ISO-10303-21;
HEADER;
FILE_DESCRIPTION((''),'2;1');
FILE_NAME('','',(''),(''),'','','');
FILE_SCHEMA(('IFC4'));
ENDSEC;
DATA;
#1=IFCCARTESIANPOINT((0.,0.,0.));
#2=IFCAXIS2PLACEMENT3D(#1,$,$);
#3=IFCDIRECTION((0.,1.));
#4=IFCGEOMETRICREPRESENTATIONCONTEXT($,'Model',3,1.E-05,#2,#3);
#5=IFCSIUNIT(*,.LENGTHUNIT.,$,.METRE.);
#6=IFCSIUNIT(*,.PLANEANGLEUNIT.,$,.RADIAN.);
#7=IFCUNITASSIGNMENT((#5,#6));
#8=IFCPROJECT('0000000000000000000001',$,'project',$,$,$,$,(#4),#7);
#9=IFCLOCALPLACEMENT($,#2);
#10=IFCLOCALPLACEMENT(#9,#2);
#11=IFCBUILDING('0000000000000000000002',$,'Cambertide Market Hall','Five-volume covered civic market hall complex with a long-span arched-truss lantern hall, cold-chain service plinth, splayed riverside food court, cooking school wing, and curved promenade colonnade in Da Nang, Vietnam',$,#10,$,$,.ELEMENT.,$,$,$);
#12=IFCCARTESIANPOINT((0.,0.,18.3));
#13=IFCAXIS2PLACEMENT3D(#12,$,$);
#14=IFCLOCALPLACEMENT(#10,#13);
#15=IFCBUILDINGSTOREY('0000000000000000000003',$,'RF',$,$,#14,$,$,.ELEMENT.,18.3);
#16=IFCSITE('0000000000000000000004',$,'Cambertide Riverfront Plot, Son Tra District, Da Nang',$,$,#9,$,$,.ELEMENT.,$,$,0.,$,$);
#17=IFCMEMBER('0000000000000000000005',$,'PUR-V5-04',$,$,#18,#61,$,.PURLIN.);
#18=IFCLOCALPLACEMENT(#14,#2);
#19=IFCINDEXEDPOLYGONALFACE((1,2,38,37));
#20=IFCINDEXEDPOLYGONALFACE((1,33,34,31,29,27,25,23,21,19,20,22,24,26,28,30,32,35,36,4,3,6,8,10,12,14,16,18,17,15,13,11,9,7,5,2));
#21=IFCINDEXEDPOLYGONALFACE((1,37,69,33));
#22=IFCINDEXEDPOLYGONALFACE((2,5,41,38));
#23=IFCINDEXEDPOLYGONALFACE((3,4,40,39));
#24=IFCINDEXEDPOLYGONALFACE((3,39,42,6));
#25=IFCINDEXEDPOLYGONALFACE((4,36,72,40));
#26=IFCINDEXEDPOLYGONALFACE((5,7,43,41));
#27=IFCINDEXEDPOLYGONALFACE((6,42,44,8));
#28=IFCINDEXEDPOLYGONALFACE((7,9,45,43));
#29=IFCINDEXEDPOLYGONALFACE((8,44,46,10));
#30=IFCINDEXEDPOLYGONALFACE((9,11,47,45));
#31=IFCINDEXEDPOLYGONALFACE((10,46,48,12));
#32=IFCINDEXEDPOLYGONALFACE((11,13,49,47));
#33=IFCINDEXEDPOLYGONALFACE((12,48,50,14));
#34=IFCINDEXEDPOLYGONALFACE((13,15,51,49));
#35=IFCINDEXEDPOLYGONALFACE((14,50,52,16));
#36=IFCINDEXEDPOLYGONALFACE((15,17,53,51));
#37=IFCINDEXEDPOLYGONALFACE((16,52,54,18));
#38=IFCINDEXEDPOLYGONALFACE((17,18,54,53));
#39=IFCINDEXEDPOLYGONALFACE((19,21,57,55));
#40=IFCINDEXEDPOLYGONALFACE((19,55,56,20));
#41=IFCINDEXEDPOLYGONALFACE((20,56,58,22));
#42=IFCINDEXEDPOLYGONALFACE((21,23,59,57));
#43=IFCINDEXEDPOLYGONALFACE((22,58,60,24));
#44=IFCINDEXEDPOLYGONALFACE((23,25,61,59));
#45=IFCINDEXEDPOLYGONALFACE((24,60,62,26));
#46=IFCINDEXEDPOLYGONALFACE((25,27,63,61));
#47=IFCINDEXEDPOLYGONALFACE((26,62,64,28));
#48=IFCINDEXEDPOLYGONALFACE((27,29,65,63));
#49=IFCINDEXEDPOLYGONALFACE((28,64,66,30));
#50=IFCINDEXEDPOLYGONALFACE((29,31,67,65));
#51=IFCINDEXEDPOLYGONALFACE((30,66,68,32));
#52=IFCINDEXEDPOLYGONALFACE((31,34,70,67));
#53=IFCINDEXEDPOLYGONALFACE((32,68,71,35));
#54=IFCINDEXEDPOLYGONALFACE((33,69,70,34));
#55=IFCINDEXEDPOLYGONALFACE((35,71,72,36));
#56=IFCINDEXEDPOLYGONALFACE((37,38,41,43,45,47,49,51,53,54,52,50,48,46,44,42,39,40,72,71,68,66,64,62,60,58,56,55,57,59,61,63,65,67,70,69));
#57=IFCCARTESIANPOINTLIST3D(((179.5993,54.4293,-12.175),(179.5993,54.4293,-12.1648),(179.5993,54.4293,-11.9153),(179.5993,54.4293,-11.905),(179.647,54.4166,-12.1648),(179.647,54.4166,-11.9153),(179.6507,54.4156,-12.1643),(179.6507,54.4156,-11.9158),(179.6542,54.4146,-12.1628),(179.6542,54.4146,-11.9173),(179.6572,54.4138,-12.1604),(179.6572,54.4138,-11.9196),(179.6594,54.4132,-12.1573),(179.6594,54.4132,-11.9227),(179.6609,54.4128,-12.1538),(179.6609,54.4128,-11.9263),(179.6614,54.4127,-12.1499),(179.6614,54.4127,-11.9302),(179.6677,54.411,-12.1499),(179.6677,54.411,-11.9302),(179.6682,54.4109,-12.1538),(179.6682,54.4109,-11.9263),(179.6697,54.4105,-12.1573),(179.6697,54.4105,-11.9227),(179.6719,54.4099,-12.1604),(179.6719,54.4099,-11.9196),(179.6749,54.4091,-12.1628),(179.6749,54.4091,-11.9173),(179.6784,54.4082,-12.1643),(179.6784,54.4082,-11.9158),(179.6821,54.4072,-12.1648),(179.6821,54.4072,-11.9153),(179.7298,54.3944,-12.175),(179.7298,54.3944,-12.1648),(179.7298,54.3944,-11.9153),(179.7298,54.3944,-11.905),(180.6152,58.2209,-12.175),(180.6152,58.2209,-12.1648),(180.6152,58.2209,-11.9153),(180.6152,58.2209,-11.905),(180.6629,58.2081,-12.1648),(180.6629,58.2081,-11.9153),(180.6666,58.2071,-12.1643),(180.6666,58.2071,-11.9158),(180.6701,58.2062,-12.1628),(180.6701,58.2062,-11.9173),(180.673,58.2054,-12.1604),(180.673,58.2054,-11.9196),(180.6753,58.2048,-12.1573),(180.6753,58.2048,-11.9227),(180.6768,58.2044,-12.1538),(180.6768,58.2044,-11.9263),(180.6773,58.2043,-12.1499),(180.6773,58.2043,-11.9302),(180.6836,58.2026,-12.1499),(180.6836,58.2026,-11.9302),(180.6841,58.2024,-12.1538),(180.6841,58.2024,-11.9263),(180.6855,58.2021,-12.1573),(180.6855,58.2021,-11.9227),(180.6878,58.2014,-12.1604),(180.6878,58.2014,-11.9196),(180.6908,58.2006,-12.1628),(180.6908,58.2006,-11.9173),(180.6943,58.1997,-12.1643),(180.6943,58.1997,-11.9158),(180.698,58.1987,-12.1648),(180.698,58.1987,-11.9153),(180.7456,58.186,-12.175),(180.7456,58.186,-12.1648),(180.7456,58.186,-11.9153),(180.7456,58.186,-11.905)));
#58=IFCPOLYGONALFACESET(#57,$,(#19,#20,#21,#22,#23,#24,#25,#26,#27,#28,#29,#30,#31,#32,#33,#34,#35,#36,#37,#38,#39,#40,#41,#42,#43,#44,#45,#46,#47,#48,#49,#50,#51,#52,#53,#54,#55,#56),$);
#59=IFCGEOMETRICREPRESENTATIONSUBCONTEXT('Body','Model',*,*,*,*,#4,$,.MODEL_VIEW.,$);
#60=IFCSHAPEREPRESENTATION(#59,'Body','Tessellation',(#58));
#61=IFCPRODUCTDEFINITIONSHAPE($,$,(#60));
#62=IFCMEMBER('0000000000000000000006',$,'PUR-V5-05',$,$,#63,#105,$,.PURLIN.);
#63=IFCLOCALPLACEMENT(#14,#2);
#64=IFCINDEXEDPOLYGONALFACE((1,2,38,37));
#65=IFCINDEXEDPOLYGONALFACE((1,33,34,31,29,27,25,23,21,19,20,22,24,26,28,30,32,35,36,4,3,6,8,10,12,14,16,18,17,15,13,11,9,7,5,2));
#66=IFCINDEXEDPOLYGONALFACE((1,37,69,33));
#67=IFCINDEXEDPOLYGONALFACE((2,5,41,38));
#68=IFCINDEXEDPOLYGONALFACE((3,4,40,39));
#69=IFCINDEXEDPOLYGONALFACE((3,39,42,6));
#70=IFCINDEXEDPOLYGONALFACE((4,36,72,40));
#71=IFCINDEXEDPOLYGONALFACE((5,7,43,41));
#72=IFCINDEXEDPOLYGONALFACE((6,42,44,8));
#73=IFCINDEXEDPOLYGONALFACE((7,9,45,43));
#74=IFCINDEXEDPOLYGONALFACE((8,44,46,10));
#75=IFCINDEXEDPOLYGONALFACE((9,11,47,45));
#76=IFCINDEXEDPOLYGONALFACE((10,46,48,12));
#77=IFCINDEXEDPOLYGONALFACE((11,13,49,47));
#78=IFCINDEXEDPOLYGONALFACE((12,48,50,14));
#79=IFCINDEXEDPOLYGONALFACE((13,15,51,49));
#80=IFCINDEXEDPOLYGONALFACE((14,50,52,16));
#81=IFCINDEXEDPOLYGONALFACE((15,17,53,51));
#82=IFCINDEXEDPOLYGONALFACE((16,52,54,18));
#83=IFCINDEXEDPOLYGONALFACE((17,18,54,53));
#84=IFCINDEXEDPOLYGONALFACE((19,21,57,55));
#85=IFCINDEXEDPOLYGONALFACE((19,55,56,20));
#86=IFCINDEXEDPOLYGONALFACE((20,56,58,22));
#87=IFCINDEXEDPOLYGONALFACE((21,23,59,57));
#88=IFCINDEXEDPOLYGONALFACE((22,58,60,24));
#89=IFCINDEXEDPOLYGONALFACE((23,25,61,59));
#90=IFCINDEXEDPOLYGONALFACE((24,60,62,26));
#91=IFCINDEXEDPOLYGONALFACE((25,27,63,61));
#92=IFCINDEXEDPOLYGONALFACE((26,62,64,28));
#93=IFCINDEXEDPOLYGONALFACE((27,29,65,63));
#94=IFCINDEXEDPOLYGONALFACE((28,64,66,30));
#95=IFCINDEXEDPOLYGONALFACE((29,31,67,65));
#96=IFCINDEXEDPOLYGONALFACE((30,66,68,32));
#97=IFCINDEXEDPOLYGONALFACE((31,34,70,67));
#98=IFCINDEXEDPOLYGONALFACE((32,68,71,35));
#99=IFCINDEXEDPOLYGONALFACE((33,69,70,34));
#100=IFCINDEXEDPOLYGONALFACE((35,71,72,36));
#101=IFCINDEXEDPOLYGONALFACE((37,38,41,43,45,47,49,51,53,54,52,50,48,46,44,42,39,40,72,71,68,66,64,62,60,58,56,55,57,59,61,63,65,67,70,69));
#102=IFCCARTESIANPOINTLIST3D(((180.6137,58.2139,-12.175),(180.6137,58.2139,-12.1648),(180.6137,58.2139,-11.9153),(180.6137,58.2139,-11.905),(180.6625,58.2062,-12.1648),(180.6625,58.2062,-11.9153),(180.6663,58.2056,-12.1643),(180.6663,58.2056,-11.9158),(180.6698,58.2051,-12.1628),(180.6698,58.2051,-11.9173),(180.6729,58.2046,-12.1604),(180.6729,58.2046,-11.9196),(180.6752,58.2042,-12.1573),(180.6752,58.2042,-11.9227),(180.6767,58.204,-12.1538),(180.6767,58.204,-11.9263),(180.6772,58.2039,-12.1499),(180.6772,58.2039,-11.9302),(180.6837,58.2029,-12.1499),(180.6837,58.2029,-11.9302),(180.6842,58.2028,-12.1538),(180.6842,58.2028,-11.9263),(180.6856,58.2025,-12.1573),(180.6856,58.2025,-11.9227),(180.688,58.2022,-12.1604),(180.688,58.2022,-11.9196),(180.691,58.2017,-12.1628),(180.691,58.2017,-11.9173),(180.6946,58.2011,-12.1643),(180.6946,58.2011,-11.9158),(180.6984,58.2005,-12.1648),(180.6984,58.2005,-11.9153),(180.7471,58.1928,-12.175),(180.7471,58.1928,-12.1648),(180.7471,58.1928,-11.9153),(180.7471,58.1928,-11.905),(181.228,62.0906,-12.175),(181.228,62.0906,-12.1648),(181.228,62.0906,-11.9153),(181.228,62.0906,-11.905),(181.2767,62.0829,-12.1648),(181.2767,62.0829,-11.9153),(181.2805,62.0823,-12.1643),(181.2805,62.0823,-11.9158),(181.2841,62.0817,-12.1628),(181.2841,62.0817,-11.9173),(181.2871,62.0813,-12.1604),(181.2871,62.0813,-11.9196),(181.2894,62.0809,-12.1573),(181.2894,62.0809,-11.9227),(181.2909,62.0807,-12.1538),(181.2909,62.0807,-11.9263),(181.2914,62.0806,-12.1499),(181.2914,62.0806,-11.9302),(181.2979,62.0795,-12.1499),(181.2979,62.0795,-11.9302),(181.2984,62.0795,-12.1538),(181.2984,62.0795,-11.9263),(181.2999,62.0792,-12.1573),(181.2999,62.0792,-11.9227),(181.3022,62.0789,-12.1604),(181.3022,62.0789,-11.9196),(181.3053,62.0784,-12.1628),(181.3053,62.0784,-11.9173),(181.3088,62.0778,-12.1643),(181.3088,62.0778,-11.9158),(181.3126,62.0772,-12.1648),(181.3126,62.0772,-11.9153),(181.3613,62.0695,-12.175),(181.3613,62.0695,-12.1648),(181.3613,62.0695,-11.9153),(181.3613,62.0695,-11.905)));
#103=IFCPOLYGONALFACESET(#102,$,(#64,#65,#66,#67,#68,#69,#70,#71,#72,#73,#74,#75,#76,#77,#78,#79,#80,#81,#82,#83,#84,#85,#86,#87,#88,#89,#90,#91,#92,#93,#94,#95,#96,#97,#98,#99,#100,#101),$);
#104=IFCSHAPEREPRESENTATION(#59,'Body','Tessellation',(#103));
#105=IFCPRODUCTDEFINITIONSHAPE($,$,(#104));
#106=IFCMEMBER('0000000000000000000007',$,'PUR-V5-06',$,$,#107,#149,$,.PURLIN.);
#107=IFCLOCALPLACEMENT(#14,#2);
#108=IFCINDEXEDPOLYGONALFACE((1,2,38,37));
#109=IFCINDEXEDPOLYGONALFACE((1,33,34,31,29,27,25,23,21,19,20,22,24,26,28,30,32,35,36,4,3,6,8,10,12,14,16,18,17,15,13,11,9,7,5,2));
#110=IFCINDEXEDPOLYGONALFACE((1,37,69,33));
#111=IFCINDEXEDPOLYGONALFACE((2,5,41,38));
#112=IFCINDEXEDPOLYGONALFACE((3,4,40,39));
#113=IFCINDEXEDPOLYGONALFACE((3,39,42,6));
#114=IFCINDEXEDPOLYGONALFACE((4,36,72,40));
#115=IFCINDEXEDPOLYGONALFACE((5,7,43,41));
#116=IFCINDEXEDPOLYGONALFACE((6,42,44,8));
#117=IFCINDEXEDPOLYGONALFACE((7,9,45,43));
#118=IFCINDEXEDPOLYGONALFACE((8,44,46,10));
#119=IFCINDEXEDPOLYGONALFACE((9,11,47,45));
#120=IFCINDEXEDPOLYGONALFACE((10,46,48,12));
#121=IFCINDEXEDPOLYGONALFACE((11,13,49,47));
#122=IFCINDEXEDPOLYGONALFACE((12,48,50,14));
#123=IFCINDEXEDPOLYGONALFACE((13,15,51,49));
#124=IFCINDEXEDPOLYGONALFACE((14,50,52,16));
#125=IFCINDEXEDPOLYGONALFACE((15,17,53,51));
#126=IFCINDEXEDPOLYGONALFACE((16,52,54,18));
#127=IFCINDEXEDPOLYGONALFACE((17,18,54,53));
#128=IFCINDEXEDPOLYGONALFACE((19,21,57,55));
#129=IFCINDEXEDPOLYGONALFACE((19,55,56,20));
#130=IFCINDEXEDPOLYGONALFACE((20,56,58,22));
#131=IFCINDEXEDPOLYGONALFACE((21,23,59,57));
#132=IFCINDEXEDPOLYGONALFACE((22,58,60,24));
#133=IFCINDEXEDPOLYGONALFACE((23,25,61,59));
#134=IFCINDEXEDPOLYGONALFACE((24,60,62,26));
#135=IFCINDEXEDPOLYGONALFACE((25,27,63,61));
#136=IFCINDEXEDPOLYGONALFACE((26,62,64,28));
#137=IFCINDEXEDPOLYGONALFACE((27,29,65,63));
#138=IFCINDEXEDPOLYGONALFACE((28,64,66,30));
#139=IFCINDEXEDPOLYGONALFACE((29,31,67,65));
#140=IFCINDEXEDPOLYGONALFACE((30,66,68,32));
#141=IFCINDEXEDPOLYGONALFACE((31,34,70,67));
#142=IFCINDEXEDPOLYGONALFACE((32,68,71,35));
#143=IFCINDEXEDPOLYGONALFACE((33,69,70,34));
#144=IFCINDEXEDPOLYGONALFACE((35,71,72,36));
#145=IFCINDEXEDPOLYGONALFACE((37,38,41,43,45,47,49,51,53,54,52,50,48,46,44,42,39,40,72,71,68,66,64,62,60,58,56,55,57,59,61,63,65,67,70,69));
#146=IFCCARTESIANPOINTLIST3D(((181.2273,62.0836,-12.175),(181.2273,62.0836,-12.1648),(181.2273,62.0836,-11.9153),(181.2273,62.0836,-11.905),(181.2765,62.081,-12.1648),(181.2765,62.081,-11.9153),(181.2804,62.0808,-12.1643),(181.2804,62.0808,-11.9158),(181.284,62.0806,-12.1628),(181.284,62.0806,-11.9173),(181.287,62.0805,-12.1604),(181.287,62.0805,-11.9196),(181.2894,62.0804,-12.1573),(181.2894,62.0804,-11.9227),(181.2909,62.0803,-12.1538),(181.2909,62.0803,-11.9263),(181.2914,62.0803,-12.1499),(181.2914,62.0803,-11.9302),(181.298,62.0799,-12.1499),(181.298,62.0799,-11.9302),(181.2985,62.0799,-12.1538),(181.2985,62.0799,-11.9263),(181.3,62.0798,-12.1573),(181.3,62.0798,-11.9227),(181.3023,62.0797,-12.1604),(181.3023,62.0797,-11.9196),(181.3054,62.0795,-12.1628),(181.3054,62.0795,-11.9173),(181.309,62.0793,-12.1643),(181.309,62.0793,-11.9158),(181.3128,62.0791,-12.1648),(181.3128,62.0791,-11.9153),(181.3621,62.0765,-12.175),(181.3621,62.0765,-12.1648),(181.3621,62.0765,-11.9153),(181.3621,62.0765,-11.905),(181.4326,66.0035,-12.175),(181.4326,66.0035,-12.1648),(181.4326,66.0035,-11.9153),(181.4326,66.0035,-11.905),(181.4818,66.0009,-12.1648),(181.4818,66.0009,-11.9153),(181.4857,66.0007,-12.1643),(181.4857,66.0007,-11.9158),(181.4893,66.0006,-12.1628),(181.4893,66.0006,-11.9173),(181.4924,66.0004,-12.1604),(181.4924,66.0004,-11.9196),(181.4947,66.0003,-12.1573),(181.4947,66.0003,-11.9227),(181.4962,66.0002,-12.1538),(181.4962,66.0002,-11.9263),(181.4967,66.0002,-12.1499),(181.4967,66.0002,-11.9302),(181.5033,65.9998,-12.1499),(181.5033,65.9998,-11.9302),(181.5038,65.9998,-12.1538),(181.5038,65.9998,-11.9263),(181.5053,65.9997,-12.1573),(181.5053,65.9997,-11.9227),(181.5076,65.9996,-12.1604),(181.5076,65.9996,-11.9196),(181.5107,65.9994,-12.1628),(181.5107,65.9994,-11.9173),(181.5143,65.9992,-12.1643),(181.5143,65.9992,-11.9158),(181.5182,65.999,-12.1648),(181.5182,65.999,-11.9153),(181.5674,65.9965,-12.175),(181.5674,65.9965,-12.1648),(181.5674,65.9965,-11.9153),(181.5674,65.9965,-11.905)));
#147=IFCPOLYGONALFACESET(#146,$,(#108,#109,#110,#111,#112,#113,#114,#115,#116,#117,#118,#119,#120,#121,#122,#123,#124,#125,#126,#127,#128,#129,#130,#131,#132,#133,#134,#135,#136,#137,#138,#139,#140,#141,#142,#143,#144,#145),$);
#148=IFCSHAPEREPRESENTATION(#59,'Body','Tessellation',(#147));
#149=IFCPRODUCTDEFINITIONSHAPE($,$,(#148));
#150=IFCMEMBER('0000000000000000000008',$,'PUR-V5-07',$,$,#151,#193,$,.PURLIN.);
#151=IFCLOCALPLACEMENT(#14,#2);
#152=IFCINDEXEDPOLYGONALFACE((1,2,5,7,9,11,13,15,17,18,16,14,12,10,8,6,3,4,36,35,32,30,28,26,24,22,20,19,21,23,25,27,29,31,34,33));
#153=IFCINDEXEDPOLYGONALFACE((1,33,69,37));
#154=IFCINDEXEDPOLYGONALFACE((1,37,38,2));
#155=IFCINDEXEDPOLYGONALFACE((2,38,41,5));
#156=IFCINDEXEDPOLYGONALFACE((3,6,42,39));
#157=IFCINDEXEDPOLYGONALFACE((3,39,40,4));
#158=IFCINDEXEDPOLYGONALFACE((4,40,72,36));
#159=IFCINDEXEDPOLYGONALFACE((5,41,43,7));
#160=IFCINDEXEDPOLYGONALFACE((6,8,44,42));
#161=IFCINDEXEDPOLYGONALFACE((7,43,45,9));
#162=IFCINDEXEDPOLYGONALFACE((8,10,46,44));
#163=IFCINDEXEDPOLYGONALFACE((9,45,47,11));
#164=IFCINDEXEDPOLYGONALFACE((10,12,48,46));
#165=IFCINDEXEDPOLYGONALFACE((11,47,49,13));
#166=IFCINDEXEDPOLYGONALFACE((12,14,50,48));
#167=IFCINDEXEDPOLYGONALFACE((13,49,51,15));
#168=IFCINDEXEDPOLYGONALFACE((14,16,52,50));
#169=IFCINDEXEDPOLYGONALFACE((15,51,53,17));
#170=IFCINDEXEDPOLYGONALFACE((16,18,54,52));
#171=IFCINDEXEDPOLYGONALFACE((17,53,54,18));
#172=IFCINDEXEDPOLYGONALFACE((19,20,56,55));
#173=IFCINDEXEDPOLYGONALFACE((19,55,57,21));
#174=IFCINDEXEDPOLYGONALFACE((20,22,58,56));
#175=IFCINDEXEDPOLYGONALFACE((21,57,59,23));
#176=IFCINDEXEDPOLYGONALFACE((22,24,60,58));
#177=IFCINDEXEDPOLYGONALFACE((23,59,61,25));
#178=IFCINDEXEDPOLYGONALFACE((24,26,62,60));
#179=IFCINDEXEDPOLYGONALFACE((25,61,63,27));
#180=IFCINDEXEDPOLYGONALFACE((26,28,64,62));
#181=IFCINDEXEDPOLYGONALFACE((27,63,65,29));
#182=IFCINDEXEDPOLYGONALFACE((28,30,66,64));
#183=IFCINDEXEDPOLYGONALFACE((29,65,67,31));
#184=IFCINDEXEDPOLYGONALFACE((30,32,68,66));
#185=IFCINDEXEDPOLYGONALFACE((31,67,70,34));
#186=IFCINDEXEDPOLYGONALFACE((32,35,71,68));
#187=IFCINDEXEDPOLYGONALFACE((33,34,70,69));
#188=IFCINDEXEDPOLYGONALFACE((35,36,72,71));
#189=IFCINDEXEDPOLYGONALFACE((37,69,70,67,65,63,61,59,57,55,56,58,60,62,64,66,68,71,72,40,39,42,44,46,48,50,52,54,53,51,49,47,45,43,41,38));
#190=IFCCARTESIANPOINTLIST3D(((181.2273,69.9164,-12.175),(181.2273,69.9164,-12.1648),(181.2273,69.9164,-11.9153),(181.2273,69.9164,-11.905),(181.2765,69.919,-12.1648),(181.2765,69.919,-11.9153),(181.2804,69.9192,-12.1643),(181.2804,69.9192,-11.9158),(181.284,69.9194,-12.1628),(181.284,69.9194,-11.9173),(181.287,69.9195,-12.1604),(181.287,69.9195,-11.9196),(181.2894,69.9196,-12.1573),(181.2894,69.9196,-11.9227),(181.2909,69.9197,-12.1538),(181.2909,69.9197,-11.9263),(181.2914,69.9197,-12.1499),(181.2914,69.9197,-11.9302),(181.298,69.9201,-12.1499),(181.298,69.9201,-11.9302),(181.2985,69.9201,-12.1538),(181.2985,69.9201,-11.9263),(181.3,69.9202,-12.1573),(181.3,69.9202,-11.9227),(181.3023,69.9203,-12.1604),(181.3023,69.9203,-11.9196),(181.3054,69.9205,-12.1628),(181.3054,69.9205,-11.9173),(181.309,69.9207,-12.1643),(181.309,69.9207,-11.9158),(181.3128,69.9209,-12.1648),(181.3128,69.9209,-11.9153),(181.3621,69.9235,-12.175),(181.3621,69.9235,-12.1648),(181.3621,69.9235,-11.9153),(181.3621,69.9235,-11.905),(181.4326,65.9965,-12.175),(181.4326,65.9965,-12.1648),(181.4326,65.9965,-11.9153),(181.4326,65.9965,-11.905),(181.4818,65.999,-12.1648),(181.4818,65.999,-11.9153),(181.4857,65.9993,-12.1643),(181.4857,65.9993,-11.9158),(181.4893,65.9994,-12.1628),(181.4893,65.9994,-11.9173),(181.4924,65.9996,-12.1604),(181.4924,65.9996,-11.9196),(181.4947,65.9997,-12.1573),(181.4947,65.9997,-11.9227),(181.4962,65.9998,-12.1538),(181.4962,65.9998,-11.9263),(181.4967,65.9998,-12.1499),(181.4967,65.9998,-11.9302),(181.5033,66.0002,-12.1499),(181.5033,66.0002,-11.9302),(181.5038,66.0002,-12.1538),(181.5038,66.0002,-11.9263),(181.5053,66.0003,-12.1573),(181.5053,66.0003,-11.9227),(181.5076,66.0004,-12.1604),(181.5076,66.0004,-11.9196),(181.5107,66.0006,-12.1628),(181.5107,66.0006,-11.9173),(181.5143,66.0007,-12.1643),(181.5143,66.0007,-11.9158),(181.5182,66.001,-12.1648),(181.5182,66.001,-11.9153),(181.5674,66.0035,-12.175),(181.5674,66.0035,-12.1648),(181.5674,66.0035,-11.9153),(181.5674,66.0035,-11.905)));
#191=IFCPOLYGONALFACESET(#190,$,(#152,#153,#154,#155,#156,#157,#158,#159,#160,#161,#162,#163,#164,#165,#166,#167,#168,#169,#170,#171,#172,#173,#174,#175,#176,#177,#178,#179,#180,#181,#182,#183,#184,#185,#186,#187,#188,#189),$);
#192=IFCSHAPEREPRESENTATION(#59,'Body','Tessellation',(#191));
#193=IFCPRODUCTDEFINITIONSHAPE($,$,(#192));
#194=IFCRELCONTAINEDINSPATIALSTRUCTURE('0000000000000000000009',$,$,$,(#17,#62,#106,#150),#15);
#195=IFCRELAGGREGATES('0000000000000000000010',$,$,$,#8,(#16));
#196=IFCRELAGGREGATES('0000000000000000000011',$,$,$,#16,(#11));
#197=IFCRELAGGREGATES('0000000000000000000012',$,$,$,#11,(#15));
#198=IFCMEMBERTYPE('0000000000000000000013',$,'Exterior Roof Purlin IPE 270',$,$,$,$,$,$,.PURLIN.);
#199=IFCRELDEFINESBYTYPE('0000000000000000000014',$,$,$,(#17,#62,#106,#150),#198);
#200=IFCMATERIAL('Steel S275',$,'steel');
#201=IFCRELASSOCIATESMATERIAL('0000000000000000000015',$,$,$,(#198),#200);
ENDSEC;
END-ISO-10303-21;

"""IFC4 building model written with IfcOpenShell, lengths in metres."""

from ifc_helpers import new_model, si_unit, direction, frame, origin, origin_2d, place, context, subcontext, project, spatial, i_section, extrude, material, material_profile, profile_set, type_object, element, save


model = new_model("IFC4")

# Units and contexts
model_context = context("Model", 3, precision=1e-05, world=origin(), true_north=direction((0.0, 1.0)))
body_context = subcontext(model_context, "Body", "Model", "MODEL_VIEW")
ifc_project = project(units=[si_unit("LENGTHUNIT", "METRE"), si_unit("PLANEANGLEUNIT", "RADIAN")], contexts=[model_context])

# Site, building, storey
site_placement = place(None, origin())
site = spatial("IfcSite", under=ifc_project, at=site_placement, Name="Cambertide Riverfront Plot, Son Tra District, Da Nang", CompositionType="ELEMENT", RefElevation=0.0)
building_placement = place(site_placement, origin())
building = spatial("IfcBuilding", under=site, at=building_placement, Name="Cambertide Market Hall", Description="Five-volume covered civic market hall complex with a long-span arched-truss lantern hall, cold-chain service plinth, splayed riverside food court, cooking school wing, and curved promenade colonnade in Da Nang, Vietnam", CompositionType="ELEMENT")
storey_placement = place(building_placement, frame((0.0, 0.0, 18.3)))
storey = spatial("IfcBuildingStorey", under=building, at=storey_placement, Name="RF", CompositionType="ELEMENT", Elevation=18.3)

# Members
ifc_material_1 = material(Name="Steel S275", Category="steel")
ifc_material_profile = material_profile(ifc_material_1, i_section(OverallWidth=0.135, OverallDepth=0.27, WebThickness=0.0066, FlangeThickness=0.0103, FilletRadius=0.0149, at=origin_2d()), Name="IPE 270")
ifc_profile_set = profile_set([ifc_material_profile], Name="Steel S275")
member_type = type_object("IfcMemberType", Name="Exterior Roof Purlin IPE 270", PredefinedType="PURLIN", material=ifc_profile_set)
member_1_placement = place(storey_placement, frame((179.6646, 54.4119, -12.04), z_axis=(0.258804, 0.96593, 0.0), x_axis=(-0.96593, 0.258804, 0.0)))
element("IfcMember", 1, at=member_1_placement, inside=storey, type_object=member_type, Name="PUR-V5-04", PredefinedType="PURLIN", context=body_context, shape_type="SweptSolid", body=[
    extrude(i_section(OverallWidth=0.135, OverallDepth=0.27, WebThickness=0.0066, FlangeThickness=0.0103, FilletRadius=0.0149, at=origin_2d()), origin(), (0.0, 0.0, 1.0), 3.9253),
])
member_2_placement = place(storey_placement, frame((180.6804, 58.2034, -12.04), z_axis=(0.156496, 0.987679, 0.0), x_axis=(-0.987679, 0.156496, 0.0)))
element("IfcMember", 2, at=member_2_placement, inside=storey, type_object=member_type, Name="PUR-V5-05", PredefinedType="PURLIN", context=body_context, shape_type="SweptSolid", body=[
    extrude(i_section(OverallWidth=0.135, OverallDepth=0.27, WebThickness=0.0066, FlangeThickness=0.0103, FilletRadius=0.0149, at=origin_2d()), origin(), (0.0, 0.0, 1.0), 3.925),
])
for number, where, z_axis, x_axis, name in (
    (3, (181.2947, 62.0801, -12.04), (0.052307, 0.998631, 0.0), (-0.998631, 0.052307, 0.0), "PUR-V5-06"),
    (4, (181.5, 66.0, -12.04), (-0.052307, 0.998631, 0.0), (-0.998631, -0.052307, 0.0), "PUR-V5-07"),
):
    element("IfcMember", number, at=place(storey_placement, frame(where, z_axis=z_axis, x_axis=x_axis)), inside=storey, type_object=member_type, Name=name, PredefinedType="PURLIN", context=body_context, shape_type="SweptSolid", body=[
        extrude(i_section(OverallWidth=0.135, OverallDepth=0.27, WebThickness=0.0066, FlangeThickness=0.0103, FilletRadius=0.0149, at=origin_2d()), origin(), (0.0, 0.0, 1.0), 3.9253),
    ])

save(model, "model.ifc")
